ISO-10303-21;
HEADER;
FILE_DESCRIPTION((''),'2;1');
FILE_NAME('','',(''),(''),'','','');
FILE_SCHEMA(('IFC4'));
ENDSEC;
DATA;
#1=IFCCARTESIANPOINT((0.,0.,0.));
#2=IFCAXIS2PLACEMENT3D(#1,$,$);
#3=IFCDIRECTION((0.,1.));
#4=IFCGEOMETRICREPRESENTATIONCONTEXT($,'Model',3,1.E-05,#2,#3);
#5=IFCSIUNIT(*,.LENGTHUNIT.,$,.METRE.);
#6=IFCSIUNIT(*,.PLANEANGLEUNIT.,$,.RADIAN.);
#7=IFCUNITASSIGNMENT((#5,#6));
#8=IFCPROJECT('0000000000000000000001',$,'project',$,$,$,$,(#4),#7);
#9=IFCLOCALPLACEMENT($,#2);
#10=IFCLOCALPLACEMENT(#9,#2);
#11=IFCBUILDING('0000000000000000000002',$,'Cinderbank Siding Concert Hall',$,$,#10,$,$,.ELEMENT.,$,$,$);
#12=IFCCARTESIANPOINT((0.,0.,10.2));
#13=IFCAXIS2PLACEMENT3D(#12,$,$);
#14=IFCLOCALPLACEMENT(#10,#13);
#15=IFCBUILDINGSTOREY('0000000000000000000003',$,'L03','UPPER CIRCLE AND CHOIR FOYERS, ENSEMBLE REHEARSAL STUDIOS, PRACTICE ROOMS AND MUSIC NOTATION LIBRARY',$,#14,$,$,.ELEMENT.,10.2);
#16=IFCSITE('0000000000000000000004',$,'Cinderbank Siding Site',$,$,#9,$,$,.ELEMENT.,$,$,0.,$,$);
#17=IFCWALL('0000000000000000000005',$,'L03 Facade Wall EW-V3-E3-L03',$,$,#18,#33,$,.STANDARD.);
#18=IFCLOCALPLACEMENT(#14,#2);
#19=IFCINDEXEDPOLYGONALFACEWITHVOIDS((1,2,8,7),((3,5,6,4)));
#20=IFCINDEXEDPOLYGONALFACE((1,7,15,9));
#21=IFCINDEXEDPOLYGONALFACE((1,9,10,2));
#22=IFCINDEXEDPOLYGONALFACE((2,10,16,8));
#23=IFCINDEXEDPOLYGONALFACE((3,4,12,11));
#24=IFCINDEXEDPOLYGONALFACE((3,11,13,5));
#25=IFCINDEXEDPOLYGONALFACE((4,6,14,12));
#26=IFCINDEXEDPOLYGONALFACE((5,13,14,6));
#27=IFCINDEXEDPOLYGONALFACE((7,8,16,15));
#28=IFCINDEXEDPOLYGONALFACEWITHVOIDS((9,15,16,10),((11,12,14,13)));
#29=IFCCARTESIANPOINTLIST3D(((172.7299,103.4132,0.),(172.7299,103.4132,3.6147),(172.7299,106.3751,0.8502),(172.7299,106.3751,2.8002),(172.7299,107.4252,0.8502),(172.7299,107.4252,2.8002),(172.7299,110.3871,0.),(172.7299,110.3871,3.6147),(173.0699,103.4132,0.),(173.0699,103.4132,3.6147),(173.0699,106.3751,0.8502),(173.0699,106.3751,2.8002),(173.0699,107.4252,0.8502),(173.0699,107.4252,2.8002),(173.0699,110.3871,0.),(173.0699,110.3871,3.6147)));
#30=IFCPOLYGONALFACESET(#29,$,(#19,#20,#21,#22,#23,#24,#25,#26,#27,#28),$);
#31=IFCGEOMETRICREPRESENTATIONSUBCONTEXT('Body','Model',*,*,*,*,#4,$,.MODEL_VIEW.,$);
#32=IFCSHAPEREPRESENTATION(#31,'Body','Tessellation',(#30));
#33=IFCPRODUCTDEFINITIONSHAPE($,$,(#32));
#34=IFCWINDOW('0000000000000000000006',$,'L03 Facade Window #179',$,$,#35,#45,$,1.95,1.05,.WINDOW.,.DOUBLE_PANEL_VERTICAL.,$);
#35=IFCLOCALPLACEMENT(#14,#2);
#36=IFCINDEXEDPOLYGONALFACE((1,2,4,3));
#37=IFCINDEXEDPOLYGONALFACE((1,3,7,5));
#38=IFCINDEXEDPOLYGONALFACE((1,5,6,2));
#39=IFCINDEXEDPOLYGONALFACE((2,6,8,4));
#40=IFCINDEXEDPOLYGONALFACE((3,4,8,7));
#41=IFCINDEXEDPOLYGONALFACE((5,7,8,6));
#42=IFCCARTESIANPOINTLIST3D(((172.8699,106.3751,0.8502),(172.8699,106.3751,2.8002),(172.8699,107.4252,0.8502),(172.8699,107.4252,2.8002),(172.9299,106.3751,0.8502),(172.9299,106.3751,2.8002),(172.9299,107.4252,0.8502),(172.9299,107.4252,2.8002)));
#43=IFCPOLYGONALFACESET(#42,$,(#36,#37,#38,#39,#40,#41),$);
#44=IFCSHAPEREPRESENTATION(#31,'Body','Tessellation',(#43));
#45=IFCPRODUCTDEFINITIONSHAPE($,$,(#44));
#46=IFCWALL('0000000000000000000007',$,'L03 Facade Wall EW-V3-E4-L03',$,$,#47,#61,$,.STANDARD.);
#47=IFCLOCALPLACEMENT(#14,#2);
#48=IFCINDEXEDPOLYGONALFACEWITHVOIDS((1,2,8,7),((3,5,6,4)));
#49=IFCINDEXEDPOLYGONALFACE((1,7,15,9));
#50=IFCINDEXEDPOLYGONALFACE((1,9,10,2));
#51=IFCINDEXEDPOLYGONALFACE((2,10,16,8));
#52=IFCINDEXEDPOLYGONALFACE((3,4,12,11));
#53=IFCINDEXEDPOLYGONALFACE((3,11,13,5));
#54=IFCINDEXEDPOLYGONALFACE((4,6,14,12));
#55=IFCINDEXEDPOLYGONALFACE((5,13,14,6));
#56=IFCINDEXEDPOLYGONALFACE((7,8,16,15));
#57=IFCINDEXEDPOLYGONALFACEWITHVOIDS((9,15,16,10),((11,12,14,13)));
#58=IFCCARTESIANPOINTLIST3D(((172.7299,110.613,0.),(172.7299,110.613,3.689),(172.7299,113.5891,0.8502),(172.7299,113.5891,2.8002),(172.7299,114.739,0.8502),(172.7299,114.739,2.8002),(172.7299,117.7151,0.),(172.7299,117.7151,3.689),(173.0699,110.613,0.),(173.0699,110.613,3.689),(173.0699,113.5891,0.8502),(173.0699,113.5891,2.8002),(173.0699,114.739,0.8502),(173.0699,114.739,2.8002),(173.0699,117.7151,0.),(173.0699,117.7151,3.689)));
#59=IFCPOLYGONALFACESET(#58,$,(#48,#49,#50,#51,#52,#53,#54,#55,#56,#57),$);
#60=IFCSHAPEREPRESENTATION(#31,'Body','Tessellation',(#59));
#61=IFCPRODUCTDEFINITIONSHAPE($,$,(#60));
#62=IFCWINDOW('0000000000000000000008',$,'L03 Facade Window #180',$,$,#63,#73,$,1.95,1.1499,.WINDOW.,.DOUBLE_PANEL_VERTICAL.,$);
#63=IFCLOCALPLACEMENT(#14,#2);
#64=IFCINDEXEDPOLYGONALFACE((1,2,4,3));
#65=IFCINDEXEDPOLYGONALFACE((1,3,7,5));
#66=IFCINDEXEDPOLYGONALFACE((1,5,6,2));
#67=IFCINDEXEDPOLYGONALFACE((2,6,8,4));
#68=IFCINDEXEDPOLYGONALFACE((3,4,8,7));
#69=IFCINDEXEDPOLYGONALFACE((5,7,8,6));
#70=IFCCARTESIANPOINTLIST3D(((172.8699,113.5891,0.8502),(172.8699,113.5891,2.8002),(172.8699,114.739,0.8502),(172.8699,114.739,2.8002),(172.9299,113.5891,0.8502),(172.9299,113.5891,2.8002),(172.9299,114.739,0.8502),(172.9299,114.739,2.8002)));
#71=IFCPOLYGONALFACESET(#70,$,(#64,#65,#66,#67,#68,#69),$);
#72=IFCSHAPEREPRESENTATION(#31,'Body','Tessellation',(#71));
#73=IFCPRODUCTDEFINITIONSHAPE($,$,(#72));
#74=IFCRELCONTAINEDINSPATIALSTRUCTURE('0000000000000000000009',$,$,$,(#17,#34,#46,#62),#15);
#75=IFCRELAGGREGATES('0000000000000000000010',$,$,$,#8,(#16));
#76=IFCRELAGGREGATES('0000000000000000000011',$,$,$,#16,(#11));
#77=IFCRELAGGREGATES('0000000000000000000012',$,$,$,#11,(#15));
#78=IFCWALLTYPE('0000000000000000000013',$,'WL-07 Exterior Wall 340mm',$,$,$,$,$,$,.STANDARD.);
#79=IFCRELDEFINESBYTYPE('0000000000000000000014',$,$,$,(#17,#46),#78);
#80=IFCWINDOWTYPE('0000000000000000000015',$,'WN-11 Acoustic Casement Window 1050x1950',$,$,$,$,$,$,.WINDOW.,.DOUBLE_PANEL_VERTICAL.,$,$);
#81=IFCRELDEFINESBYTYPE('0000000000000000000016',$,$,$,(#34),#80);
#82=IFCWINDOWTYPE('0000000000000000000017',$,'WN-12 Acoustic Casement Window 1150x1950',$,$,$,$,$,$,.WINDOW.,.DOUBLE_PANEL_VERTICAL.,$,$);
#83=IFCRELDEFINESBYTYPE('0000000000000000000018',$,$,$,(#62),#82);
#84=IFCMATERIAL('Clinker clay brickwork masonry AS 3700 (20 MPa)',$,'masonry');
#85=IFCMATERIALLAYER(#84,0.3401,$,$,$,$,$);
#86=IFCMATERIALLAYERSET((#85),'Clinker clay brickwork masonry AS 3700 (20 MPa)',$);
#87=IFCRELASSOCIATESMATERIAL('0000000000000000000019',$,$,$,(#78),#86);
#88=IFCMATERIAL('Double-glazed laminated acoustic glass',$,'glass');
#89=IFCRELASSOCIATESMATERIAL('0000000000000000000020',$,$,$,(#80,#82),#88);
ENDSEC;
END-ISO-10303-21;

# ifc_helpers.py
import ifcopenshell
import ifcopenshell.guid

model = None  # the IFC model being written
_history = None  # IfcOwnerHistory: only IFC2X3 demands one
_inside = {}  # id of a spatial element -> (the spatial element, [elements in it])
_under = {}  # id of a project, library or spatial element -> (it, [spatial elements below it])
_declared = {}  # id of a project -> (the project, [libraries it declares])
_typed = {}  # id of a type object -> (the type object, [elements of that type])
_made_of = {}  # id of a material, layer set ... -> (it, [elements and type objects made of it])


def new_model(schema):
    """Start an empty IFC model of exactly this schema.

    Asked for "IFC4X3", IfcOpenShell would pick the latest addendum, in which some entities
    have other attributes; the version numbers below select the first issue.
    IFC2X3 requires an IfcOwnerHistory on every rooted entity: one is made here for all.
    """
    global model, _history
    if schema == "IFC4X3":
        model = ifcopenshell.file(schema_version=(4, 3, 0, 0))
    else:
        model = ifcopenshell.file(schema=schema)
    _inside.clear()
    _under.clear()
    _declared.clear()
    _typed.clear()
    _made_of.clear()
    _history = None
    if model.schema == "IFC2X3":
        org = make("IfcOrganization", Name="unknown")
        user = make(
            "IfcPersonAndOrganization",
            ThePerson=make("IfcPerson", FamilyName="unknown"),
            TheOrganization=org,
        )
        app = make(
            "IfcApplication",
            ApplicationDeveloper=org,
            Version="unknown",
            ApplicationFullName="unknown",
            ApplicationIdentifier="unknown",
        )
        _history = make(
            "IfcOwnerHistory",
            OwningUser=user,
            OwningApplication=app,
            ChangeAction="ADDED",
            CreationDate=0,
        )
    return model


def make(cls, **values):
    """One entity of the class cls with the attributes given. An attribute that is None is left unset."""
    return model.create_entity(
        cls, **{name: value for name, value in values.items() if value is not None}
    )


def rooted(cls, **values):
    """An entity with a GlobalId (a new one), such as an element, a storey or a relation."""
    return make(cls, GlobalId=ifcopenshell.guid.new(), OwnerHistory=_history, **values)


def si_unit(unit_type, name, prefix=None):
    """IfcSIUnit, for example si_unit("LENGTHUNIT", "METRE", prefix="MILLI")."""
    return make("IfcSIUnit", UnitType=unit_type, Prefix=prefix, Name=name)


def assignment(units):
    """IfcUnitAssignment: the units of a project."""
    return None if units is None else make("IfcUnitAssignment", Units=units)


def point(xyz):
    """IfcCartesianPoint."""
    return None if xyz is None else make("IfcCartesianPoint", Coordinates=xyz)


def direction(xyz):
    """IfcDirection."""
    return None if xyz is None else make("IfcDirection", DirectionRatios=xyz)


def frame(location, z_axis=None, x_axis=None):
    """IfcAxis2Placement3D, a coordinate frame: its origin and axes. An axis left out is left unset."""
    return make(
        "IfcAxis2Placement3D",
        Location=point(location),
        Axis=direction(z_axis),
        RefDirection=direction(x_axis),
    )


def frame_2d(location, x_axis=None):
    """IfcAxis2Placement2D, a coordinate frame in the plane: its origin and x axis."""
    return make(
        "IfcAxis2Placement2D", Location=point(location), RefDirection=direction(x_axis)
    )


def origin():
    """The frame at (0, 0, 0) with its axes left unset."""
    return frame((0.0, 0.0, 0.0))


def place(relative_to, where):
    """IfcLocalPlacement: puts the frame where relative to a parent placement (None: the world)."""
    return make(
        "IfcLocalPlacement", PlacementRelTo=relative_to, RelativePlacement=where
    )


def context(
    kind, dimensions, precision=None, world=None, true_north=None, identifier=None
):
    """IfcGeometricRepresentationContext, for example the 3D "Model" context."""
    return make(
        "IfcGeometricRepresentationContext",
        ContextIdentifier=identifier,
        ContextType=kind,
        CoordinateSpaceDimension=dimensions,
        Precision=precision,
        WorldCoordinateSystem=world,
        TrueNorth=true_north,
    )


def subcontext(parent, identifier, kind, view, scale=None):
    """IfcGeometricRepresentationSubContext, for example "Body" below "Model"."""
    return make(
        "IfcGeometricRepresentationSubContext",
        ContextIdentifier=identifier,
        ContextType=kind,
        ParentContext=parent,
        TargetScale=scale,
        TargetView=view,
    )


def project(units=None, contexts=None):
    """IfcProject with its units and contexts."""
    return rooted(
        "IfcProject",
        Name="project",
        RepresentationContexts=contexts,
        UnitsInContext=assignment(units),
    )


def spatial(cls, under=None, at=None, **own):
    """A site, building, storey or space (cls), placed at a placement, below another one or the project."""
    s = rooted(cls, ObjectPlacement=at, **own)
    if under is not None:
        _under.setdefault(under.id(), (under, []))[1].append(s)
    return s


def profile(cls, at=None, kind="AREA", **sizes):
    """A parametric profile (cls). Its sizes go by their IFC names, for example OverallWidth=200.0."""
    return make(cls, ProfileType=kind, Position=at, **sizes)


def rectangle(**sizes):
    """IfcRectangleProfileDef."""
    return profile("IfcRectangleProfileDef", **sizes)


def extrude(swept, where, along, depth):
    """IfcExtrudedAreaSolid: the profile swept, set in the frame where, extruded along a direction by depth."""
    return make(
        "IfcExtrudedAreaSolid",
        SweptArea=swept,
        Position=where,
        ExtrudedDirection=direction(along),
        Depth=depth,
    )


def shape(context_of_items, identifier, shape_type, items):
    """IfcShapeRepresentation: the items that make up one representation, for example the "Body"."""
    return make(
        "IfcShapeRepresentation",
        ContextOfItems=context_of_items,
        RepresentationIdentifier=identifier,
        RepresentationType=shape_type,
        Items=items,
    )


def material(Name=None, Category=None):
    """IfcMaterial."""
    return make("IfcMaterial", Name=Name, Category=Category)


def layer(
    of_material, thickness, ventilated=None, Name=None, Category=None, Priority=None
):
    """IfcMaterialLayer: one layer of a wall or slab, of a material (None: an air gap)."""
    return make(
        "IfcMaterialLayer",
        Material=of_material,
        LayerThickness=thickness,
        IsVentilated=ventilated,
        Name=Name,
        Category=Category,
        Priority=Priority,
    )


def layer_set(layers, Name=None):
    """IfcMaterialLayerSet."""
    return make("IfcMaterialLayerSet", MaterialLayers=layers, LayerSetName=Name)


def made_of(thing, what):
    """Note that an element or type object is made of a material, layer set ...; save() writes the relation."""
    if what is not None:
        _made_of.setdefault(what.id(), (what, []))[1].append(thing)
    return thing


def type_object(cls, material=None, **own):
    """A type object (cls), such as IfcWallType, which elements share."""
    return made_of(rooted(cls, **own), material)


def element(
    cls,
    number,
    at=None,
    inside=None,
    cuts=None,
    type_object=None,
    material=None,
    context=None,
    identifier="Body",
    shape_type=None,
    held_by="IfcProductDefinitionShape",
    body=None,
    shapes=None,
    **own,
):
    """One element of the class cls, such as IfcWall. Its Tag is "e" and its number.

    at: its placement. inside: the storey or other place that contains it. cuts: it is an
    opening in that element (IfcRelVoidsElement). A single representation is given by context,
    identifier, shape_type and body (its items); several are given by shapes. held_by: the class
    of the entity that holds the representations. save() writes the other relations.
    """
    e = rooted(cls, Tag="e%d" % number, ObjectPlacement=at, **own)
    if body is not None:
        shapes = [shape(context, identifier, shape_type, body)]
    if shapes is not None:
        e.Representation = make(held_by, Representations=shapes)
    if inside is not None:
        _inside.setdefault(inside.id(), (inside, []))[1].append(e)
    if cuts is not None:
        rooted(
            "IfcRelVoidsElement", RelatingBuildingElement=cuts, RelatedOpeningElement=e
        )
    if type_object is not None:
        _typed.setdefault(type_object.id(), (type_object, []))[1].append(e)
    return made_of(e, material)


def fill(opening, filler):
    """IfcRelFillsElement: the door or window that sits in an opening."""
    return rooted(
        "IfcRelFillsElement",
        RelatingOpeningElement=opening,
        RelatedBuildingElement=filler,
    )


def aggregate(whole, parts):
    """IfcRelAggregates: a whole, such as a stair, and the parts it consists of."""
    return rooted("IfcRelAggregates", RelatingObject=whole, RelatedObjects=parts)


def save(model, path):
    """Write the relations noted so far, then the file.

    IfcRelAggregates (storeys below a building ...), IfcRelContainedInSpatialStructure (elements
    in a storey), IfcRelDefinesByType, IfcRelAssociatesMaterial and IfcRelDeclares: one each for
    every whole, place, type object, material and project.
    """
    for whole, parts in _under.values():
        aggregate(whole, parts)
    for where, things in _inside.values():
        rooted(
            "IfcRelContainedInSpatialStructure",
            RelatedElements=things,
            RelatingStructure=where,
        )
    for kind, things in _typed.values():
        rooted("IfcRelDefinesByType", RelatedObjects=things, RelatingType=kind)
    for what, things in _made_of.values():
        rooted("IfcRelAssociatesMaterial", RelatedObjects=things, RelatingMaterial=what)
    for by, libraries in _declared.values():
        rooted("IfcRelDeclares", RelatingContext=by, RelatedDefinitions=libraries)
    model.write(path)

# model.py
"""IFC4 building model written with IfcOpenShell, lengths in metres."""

from ifc_helpers import new_model, si_unit, direction, frame, frame_2d, origin, place, context, subcontext, project, spatial, rectangle, extrude, material, layer, layer_set, type_object, element, fill, save


model = new_model("IFC4")

# Units and contexts
model_context = context("Model", 3, precision=1e-05, world=origin(), true_north=direction((0.0, 1.0)))
body_context = subcontext(model_context, "Body", "Model", "MODEL_VIEW")
ifc_project = project(units=[si_unit("LENGTHUNIT", "METRE"), si_unit("PLANEANGLEUNIT", "RADIAN")], contexts=[model_context])

# Site, building, storey
site_placement = place(None, origin())
site = spatial("IfcSite", under=ifc_project, at=site_placement, Name="Cinderbank Siding Site", CompositionType="ELEMENT", RefElevation=0.0)
building_placement = place(site_placement, origin())
building = spatial("IfcBuilding", under=site, at=building_placement, Name="Cinderbank Siding Concert Hall", CompositionType="ELEMENT")
storey_placement = place(building_placement, frame((0.0, 0.0, 10.2)))
storey = spatial("IfcBuildingStorey", under=building, at=storey_placement, Name="L03", Description="UPPER CIRCLE AND CHOIR FOYERS, ENSEMBLE REHEARSAL STUDIOS, PRACTICE ROOMS AND MUSIC NOTATION LIBRARY", CompositionType="ELEMENT", Elevation=10.2)

# Shared definitions
ifc_material_1 = material(Name="Clinker clay brickwork masonry AS 3700 (20 MPa)", Category="masonry")
ifc_layer_1 = layer(ifc_material_1, 0.3401)
ifc_layer_set_1 = layer_set([ifc_layer_1], Name="Clinker clay brickwork masonry AS 3700 (20 MPa)")
wall_type_1 = type_object("IfcWallType", Name="WL-07 Exterior Wall 340mm", PredefinedType="STANDARD", material=ifc_layer_set_1)
ifc_material_2 = material(Name="Double-glazed laminated acoustic glass", Category="glass")

# Walls, openings, windows
wall_1_placement = place(storey_placement, frame((172.8999, 110.387, 0.0), z_axis=(0.0, 0.0, 1.0), x_axis=(0.0, -1.0, 0.0)))
wall_1 = element("IfcWall", 1, at=wall_1_placement, inside=storey, type_object=wall_type_1, Name="L03 Facade Wall EW-V3-E3-L03", PredefinedType="STANDARD", context=body_context, shape_type="SweptSolid", body=[
    extrude(rectangle(XDim=6.9739, YDim=0.3401, at=frame_2d((3.4868, 0.0))), origin(), (0.0, 0.0, 1.0), 3.6147),
])
opening_1_placement = place(wall_1_placement, frame((2.9619, 0.0, 0.8501)))
opening_1 = element("IfcOpeningElement", 2, at=opening_1_placement, cuts=wall_1, PredefinedType="OPENING", context=body_context, shape_type="SweptSolid", body=[
    extrude(rectangle(XDim=1.05, YDim=1.95, at=frame_2d((0.5249, 0.9751))), frame((0.0, 0.1821, 0.0), z_axis=(0.0, -1.0, 0.0), x_axis=(1.0, 0.0, 0.0)), (0.0, 0.0, 1.0), 0.364),
])
window_type_1 = type_object("IfcWindowType", Name="WN-11 Acoustic Casement Window 1050x1950", PartitioningType="DOUBLE_PANEL_VERTICAL", PredefinedType="WINDOW", material=ifc_material_2)
window_1_placement = place(opening_1_placement, origin())
window_1 = element("IfcWindow", 3, at=window_1_placement, inside=storey, type_object=window_type_1, Name="L03 Facade Window #179", OverallHeight=1.95, OverallWidth=1.05, PartitioningType="DOUBLE_PANEL_VERTICAL", PredefinedType="WINDOW", context=body_context, shape_type="SweptSolid", body=[
    extrude(rectangle(XDim=1.05, YDim=1.95, at=frame_2d((0.5249, 0.9751))), frame((0.0, 0.03, 0.0), z_axis=(0.0, -1.0, 0.0), x_axis=(1.0, 0.0, 0.0)), (0.0, 0.0, 1.0), 0.0601),
])
fill(opening_1, window_1)
wall_2_placement = place(storey_placement, frame((172.8999, 117.7151, 0.0), z_axis=(0.0, 0.0, 1.0), x_axis=(0.0, -1.0, 0.0)))
wall_2 = element("IfcWall", 4, at=wall_2_placement, inside=storey, type_object=wall_type_1, Name="L03 Facade Wall EW-V3-E4-L03", PredefinedType="STANDARD", context=body_context, shape_type="SweptSolid", body=[
    extrude(rectangle(XDim=7.1021, YDim=0.3401, at=frame_2d((3.551, 0.0))), origin(), (0.0, 0.0, 1.0), 3.689),
])
opening_2_placement = place(wall_2_placement, frame((2.9761, 0.0, 0.8501)))
opening_2 = element("IfcOpeningElement", 5, at=opening_2_placement, cuts=wall_2, PredefinedType="OPENING", context=body_context, shape_type="SweptSolid", body=[
    extrude(rectangle(XDim=1.1499, YDim=1.95, at=frame_2d((0.575, 0.9751))), frame((0.0, 0.1821, 0.0), z_axis=(0.0, -1.0, 0.0), x_axis=(1.0, 0.0, 0.0)), (0.0, 0.0, 1.0), 0.364),
])
window_type_2 = type_object("IfcWindowType", Name="WN-12 Acoustic Casement Window 1150x1950", PartitioningType="DOUBLE_PANEL_VERTICAL", PredefinedType="WINDOW", material=ifc_material_2)
window_2_placement = place(opening_2_placement, origin())
window_2 = element("IfcWindow", 6, at=window_2_placement, inside=storey, type_object=window_type_2, Name="L03 Facade Window #180", OverallHeight=1.95, OverallWidth=1.1499, PartitioningType="DOUBLE_PANEL_VERTICAL", PredefinedType="WINDOW", context=body_context, shape_type="SweptSolid", body=[
    extrude(rectangle(XDim=1.1499, YDim=1.95, at=frame_2d((0.575, 0.9751))), frame((0.0, 0.03, 0.0), z_axis=(0.0, -1.0, 0.0), x_axis=(1.0, 0.0, 0.0)), (0.0, 0.0, 1.0), 0.0601),
])
fill(opening_2, window_2)

save(model, "model.ifc")
